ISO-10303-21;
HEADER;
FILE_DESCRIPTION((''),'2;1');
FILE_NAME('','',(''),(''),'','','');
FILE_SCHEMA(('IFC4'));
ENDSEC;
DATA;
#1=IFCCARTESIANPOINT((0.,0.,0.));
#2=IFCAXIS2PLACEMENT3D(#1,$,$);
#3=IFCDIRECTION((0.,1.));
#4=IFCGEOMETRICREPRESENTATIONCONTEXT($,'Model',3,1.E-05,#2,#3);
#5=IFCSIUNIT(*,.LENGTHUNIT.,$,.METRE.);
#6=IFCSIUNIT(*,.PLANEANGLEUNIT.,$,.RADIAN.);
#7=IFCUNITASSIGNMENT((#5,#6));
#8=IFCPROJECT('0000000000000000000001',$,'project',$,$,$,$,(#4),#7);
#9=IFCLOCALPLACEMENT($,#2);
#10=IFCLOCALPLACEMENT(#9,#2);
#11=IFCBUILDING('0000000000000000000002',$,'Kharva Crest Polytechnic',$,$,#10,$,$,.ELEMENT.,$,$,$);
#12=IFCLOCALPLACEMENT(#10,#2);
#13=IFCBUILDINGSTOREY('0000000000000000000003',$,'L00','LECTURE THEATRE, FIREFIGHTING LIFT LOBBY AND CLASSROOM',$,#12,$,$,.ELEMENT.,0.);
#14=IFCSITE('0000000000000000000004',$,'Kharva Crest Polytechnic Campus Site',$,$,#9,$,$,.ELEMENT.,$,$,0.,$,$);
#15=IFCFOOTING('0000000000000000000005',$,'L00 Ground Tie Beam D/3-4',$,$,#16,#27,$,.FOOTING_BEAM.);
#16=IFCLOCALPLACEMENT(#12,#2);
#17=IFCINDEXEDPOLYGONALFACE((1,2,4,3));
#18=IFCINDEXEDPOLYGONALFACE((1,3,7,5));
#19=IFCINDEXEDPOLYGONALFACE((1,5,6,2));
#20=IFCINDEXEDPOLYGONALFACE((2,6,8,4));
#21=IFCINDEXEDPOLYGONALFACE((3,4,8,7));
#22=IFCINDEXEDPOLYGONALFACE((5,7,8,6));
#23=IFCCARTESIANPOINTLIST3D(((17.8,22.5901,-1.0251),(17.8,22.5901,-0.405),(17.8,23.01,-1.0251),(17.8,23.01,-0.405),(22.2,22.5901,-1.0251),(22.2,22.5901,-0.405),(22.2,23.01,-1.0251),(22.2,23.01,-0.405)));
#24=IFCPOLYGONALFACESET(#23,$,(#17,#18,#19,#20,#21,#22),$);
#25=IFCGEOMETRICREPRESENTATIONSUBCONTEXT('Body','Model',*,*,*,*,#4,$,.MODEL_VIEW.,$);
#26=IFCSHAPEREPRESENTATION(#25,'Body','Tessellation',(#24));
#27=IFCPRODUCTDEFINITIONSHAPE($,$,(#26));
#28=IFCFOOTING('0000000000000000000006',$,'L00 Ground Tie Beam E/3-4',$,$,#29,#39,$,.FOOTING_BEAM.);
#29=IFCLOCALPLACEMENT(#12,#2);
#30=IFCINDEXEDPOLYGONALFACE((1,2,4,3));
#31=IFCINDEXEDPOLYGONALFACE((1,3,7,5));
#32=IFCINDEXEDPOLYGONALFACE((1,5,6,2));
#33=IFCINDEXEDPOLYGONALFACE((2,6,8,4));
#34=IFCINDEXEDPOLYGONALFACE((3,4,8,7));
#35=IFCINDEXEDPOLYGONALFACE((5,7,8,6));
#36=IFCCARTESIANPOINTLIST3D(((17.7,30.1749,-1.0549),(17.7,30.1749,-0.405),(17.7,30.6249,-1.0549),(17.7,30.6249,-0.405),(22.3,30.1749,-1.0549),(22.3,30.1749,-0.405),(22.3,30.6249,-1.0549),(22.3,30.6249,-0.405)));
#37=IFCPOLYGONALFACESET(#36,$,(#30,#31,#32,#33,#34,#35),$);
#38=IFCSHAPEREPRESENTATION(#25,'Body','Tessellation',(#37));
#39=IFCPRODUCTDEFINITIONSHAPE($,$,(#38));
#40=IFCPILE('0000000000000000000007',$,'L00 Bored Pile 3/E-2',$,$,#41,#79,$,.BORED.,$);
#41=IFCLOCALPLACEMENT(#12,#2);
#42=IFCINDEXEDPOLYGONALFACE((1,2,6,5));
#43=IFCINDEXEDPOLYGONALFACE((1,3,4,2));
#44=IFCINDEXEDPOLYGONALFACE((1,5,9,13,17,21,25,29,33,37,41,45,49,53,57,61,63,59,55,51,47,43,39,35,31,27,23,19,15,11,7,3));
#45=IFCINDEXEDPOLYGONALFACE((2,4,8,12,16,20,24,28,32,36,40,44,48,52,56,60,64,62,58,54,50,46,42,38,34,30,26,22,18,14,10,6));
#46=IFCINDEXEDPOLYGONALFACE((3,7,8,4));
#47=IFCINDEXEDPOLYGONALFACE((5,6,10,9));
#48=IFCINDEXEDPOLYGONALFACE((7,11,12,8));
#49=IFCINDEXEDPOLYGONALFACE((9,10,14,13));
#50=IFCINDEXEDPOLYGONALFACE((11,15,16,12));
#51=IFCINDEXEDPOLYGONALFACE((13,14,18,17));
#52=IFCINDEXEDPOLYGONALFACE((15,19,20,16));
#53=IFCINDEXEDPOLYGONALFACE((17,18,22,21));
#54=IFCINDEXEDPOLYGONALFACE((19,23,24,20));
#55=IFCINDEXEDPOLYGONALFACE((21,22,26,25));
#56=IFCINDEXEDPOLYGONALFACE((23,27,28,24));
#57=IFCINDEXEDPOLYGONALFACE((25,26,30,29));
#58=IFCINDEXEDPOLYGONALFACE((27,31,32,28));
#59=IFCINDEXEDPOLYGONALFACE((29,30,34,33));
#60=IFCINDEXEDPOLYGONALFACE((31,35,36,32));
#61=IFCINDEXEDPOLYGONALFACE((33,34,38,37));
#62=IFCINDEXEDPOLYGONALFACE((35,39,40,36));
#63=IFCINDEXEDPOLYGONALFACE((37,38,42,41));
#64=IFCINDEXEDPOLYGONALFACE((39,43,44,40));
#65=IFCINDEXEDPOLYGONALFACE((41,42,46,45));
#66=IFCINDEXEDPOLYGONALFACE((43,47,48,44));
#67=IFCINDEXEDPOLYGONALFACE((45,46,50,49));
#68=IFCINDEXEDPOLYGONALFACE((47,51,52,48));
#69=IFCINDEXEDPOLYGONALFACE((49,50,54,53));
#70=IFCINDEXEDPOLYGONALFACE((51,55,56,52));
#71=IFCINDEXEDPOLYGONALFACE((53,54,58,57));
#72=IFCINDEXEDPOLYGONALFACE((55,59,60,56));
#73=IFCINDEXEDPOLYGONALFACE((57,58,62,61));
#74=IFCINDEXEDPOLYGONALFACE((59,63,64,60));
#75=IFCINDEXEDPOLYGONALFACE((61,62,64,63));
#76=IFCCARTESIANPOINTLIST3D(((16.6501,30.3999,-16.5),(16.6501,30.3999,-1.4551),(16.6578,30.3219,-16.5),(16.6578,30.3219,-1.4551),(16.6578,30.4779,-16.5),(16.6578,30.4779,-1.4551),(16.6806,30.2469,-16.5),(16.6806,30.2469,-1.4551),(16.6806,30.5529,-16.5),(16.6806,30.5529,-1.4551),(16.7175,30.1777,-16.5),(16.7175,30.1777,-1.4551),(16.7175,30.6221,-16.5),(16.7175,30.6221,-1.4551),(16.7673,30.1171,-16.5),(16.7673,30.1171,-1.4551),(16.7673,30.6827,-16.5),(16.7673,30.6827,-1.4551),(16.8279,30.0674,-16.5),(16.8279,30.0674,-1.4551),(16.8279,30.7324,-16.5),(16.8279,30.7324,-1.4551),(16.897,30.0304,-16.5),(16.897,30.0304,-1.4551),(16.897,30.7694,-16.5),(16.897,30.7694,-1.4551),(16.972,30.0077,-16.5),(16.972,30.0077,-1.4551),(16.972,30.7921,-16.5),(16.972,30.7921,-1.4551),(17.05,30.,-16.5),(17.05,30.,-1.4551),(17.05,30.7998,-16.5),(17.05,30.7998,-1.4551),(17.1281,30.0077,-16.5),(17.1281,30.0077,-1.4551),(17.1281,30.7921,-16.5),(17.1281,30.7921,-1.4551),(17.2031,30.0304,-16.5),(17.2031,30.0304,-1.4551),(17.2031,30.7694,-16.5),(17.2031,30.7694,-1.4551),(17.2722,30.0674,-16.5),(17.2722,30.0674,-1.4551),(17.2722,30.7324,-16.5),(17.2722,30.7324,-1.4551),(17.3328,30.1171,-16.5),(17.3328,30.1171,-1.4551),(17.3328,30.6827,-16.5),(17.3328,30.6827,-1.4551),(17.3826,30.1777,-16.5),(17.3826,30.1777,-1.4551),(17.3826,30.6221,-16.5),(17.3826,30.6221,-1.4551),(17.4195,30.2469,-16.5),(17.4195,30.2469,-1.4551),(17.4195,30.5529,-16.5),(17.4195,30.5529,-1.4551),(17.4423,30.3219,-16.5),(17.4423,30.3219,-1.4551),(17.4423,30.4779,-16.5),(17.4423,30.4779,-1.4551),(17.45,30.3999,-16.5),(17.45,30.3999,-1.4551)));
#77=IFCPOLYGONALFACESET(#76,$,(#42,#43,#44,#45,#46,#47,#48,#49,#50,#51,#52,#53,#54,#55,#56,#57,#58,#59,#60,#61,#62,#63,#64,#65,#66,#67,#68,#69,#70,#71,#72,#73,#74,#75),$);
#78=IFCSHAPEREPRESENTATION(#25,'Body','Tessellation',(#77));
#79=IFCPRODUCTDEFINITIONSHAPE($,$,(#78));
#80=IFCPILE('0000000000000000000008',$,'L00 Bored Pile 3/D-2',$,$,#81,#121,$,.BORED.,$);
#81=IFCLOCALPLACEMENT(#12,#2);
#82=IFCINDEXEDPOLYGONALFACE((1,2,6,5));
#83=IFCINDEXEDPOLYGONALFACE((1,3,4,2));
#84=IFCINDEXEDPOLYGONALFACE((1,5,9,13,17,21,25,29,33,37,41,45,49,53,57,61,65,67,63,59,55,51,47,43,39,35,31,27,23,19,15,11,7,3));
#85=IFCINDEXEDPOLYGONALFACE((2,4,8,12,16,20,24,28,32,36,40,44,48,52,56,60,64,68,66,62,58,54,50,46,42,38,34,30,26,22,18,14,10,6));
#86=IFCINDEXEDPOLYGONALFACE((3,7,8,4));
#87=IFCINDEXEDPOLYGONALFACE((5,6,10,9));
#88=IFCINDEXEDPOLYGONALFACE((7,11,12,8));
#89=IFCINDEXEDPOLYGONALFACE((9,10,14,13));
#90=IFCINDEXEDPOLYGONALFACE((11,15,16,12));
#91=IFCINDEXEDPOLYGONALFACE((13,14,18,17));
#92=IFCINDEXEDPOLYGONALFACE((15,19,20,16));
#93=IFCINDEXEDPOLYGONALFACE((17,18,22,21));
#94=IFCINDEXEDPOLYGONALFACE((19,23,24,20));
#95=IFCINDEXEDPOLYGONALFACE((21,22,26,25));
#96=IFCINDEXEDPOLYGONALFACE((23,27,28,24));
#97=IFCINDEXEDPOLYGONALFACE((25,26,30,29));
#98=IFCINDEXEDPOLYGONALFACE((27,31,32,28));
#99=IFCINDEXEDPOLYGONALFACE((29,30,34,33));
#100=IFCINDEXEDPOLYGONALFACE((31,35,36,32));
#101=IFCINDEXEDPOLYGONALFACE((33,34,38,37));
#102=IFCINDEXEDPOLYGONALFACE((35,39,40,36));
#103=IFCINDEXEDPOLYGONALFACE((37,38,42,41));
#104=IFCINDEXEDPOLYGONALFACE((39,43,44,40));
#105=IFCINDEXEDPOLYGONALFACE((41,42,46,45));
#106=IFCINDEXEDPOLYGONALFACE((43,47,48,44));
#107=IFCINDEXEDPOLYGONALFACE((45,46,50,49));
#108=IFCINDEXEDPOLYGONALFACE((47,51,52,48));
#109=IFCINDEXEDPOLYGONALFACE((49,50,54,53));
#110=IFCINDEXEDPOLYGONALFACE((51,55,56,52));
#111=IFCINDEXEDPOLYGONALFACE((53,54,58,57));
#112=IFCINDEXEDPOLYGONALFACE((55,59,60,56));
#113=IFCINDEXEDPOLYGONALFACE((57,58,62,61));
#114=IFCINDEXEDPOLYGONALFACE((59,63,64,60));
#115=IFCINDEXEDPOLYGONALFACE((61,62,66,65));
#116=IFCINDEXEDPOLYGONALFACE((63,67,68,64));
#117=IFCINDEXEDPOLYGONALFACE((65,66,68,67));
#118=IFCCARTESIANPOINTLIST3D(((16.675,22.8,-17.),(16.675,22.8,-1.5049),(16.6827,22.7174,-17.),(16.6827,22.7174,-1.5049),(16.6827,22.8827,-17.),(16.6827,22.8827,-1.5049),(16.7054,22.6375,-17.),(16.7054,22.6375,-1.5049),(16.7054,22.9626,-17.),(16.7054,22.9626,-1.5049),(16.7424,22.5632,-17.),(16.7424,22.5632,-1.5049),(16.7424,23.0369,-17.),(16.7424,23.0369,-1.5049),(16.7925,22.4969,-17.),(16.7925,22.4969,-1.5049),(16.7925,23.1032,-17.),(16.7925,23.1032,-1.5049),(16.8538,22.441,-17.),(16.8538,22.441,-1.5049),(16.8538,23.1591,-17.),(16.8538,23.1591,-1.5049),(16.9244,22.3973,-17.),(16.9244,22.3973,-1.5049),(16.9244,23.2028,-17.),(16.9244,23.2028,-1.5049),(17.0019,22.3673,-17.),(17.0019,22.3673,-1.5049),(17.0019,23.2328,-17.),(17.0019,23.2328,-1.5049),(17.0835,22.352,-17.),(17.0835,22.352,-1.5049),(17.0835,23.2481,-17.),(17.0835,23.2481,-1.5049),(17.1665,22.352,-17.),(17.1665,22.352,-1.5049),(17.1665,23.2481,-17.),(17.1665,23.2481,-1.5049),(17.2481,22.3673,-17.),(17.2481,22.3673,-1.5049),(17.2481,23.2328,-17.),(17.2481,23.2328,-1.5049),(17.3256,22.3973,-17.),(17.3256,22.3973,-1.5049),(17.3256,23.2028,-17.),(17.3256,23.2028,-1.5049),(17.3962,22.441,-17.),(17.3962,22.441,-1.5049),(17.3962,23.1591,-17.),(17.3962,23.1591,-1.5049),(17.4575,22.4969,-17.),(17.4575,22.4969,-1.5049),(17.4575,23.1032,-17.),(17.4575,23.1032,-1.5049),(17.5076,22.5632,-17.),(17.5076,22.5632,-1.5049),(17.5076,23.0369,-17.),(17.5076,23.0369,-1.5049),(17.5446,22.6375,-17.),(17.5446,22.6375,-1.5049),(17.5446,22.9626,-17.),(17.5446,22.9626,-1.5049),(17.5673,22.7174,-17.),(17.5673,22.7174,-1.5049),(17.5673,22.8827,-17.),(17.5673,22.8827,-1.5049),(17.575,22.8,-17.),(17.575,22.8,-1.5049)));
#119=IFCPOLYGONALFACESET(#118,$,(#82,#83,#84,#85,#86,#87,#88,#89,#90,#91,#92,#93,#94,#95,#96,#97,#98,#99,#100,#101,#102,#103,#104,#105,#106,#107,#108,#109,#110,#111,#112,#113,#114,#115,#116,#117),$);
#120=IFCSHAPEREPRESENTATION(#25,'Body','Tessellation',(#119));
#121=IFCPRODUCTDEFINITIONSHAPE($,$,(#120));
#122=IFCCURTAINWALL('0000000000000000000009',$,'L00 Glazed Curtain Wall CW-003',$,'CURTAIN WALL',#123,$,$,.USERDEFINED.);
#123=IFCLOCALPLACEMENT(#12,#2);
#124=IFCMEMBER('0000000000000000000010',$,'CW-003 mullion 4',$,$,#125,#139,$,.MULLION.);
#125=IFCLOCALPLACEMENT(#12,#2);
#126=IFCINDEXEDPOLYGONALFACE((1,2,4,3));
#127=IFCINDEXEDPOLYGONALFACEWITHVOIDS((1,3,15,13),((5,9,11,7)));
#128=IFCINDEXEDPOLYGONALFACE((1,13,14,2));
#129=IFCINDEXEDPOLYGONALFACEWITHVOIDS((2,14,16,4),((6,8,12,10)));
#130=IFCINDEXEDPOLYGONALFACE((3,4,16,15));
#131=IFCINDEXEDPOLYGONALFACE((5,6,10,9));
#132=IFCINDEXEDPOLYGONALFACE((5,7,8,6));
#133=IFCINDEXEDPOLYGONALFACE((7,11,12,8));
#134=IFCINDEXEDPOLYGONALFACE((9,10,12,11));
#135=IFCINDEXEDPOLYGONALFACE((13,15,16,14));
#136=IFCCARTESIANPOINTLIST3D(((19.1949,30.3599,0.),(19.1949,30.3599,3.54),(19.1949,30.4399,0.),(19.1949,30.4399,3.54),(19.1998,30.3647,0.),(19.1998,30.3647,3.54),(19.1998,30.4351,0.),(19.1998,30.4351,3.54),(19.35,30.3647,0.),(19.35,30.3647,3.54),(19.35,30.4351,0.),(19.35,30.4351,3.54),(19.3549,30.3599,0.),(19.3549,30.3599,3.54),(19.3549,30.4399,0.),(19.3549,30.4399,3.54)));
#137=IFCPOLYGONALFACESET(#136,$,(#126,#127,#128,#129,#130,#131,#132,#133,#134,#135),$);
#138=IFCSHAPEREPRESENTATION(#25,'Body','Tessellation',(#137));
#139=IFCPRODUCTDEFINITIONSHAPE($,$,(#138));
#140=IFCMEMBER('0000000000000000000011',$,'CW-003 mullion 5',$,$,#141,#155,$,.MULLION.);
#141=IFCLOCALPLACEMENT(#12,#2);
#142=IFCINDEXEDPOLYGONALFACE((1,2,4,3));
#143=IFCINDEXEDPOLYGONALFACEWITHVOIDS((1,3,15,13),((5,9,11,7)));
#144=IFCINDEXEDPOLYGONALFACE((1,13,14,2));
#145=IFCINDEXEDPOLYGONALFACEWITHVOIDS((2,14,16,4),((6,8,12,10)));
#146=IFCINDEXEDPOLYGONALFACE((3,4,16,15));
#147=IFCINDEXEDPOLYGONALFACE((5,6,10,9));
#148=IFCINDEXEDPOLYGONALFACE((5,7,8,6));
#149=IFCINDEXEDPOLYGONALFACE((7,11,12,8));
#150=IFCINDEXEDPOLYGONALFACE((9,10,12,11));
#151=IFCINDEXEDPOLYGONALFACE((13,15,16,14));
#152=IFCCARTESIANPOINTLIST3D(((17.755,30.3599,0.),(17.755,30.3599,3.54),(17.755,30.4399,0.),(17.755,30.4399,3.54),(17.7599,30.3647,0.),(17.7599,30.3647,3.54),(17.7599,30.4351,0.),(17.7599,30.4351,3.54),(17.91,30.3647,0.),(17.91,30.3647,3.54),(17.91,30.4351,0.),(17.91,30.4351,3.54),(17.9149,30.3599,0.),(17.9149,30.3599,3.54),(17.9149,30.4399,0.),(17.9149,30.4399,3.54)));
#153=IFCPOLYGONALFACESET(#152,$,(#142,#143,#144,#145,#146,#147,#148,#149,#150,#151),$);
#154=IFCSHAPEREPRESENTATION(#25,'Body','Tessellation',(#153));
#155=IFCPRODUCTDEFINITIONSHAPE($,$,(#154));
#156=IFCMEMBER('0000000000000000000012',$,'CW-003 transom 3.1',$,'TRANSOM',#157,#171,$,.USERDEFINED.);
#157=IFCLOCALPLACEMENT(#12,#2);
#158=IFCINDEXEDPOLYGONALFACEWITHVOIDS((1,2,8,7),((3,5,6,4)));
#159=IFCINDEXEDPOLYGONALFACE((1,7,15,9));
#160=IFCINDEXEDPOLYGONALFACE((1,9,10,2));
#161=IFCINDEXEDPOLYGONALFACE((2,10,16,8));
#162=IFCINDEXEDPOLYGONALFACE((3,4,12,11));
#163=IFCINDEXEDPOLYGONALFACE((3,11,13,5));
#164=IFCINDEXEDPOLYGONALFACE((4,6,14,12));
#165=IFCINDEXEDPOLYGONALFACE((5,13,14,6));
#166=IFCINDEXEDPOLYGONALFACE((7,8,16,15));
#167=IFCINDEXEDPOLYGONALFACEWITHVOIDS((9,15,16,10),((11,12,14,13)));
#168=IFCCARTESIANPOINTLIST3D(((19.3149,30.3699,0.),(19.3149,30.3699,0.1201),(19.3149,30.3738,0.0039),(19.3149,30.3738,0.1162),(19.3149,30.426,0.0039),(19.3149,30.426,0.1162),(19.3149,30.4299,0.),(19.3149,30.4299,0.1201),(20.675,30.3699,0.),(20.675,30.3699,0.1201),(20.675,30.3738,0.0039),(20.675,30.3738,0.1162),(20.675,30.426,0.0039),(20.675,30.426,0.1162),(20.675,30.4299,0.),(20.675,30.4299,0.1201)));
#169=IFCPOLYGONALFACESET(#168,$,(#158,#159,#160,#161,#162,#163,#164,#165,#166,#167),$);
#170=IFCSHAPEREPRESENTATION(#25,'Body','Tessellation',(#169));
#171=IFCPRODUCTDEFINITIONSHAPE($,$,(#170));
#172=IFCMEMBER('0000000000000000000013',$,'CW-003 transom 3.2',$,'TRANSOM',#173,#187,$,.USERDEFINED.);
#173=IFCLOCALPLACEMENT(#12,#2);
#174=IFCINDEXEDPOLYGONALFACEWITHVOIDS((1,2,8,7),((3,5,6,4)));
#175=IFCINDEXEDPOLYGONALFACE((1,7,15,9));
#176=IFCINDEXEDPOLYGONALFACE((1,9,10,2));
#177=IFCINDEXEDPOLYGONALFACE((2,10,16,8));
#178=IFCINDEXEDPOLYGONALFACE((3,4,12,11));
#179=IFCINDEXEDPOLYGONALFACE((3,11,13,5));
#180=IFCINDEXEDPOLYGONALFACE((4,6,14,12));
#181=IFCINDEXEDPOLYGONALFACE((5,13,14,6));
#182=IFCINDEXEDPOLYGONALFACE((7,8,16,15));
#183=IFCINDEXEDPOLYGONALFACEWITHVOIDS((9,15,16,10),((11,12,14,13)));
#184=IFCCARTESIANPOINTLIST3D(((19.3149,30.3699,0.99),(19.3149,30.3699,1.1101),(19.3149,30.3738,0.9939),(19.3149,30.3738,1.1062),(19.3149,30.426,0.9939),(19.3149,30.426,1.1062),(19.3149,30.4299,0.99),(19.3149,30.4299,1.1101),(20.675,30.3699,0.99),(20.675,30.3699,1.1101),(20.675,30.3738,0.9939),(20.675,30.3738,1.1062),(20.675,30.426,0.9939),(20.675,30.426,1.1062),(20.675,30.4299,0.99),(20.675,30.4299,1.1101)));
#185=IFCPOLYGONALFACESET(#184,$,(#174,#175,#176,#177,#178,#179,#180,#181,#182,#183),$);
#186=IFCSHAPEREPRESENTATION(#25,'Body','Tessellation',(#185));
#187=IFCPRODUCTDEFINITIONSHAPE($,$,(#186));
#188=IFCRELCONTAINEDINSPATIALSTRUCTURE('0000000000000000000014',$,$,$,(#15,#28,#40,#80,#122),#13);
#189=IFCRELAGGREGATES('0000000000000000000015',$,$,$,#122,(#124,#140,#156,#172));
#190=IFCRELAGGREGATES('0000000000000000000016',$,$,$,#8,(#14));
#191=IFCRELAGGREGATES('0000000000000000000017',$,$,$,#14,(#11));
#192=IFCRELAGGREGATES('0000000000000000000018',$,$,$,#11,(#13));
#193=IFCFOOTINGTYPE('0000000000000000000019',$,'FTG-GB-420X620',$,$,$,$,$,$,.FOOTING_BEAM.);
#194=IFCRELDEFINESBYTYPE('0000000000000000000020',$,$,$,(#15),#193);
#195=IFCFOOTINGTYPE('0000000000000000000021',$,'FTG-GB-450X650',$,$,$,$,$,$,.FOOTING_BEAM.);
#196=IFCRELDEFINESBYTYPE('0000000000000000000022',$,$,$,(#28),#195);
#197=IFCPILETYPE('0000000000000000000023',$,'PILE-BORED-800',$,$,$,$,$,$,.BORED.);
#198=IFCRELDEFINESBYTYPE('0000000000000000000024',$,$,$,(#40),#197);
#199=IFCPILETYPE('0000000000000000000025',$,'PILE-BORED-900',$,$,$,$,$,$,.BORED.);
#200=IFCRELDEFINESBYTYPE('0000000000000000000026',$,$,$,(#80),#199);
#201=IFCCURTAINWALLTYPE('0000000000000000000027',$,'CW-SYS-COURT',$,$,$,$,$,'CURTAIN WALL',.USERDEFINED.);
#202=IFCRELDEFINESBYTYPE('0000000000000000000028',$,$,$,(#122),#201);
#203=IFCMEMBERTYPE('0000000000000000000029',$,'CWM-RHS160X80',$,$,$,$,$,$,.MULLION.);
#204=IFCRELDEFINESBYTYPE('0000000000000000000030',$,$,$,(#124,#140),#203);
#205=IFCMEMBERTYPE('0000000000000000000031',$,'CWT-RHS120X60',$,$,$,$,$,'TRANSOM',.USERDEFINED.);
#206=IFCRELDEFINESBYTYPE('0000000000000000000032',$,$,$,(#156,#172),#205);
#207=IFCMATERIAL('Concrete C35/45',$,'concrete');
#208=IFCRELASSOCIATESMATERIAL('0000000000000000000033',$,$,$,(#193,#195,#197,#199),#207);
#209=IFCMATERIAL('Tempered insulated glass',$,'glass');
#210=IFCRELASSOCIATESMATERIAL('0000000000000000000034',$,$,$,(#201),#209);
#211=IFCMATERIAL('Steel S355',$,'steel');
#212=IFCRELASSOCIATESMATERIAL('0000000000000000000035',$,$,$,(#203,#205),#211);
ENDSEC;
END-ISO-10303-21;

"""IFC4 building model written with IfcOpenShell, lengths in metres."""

from ifc_helpers import new_model, si_unit, direction, frame, origin, origin_2d, place, context, subcontext, project, spatial, rectangle, hollow_rectangle, circle, extrude, material, material_profile, profile_set, type_object, element, aggregate, save


model = new_model("IFC4")

# Units and contexts
model_context = context("Model", 3, precision=1e-05, world=origin(), true_north=direction((0.0, 1.0)))
body_context = subcontext(model_context, "Body", "Model", "MODEL_VIEW")
ifc_project = project(units=[si_unit("LENGTHUNIT", "METRE"), si_unit("PLANEANGLEUNIT", "RADIAN")], contexts=[model_context])

# Site, building, storey
site_placement = place(None, origin())
site = spatial("IfcSite", under=ifc_project, at=site_placement, Name="Kharva Crest Polytechnic Campus Site", CompositionType="ELEMENT", RefElevation=0.0)
building_placement = place(site_placement, origin())
building = spatial("IfcBuilding", under=site, at=building_placement, Name="Kharva Crest Polytechnic", CompositionType="ELEMENT")
storey_placement = place(building_placement, origin())
storey = spatial("IfcBuildingStorey", under=building, at=storey_placement, Name="L00", Description="LECTURE THEATRE, FIREFIGHTING LIFT LOBBY AND CLASSROOM", CompositionType="ELEMENT", Elevation=0.0)

# Footings
ifc_material_1 = material(Name="Concrete C35/45", Category="concrete")
footing_type_1 = type_object("IfcFootingType", Name="FTG-GB-420X620", PredefinedType="FOOTING_BEAM", material=ifc_material_1)
footing_1_placement = place(storey_placement, frame((20.0, 22.8, -1.0251), z_axis=(0.0, 0.0, 1.0), x_axis=(1.0, 0.0, 0.0)))
element("IfcFooting", 1, at=footing_1_placement, inside=storey, type_object=footing_type_1, Name="L00 Ground Tie Beam D/3-4", PredefinedType="FOOTING_BEAM", context=body_context, shape_type="SweptSolid", body=[
    extrude(rectangle(XDim=4.3999, YDim=0.4199, at=origin_2d()), origin(), (0.0, 0.0, 1.0), 0.6201),
])
footing_type_2 = type_object("IfcFootingType", Name="FTG-GB-450X650", PredefinedType="FOOTING_BEAM", material=ifc_material_1)
footing_2_placement = place(storey_placement, frame((20.0, 30.3999, -1.0549), z_axis=(0.0, 0.0, 1.0), x_axis=(1.0, 0.0, 0.0)))
element("IfcFooting", 2, at=footing_2_placement, inside=storey, type_object=footing_type_2, Name="L00 Ground Tie Beam E/3-4", PredefinedType="FOOTING_BEAM", context=body_context, shape_type="SweptSolid", body=[
    extrude(rectangle(XDim=4.6001, YDim=0.45, at=origin_2d()), origin(), (0.0, 0.0, 1.0), 0.6499),
])

# Piles
ifc_material_profile_1 = material_profile(ifc_material_1, circle(Radius=0.3999, at=origin_2d()), Name="DIA 800")
ifc_profile_set_1 = profile_set([ifc_material_profile_1], Name="Concrete C35/45")
pile_type_1 = type_object("IfcPileType", Name="PILE-BORED-800", PredefinedType="BORED", material=ifc_profile_set_1)
pile_1_placement = place(storey_placement, frame((17.05, 30.3999, -1.4551), z_axis=(0.0, 0.0, -1.0), x_axis=(1.0, 0.0, 0.0)))
element("IfcPile", 3, at=pile_1_placement, inside=storey, type_object=pile_type_1, Name="L00 Bored Pile 3/E-2", PredefinedType="BORED", context=body_context, shape_type="SweptSolid", body=[
    extrude(circle(Radius=0.3999, at=origin_2d()), origin(), (0.0, 0.0, 1.0), 15.0449),
])
ifc_material_profile_2 = material_profile(ifc_material_1, circle(Radius=0.45, at=origin_2d()), Name="DIA 900")
ifc_profile_set_2 = profile_set([ifc_material_profile_2], Name="Concrete C35/45")
pile_type_2 = type_object("IfcPileType", Name="PILE-BORED-900", PredefinedType="BORED", material=ifc_profile_set_2)
pile_2_placement = place(storey_placement, frame((17.125, 22.8, -1.5049), z_axis=(0.0, 0.0, -1.0), x_axis=(1.0, 0.0, 0.0)))
element("IfcPile", 4, at=pile_2_placement, inside=storey, type_object=pile_type_2, Name="L00 Bored Pile 3/D-2", PredefinedType="BORED", context=body_context, shape_type="SweptSolid", body=[
    extrude(circle(Radius=0.45, at=origin_2d()), origin(), (0.0, 0.0, 1.0), 15.4951),
])

# Curtain wall, members
ifc_material_2 = material(Name="Tempered insulated glass", Category="glass")
curtain_wall_type = type_object("IfcCurtainWallType", Name="CW-SYS-COURT", ElementType="CURTAIN WALL", PredefinedType="USERDEFINED", material=ifc_material_2)
curtain_wall_placement = place(storey_placement, origin())
curtain_wall = element("IfcCurtainWall", 5, at=curtain_wall_placement, inside=storey, type_object=curtain_wall_type, Name="L00 Glazed Curtain Wall CW-003", ObjectType="CURTAIN WALL", PredefinedType="USERDEFINED")
ifc_material_3 = material(Name="Steel S355", Category="steel")
ifc_material_profile_3 = material_profile(ifc_material_3, hollow_rectangle(XDim=0.0801, YDim=0.1599, WallThickness=0.0049, at=origin_2d()), Name="RHS 160X80X5.0")
ifc_profile_set_3 = profile_set([ifc_material_profile_3], Name="Steel S355")
member_type_1 = type_object("IfcMemberType", Name="CWM-RHS160X80", PredefinedType="MULLION", material=ifc_profile_set_3)
member_1_placement = place(storey_placement, frame((19.2749, 30.3999, 0.0), z_axis=(0.0, 0.0, 1.0), x_axis=(0.0, -1.0, 0.0)))
member_1 = element("IfcMember", 6, at=member_1_placement, type_object=member_type_1, Name="CW-003 mullion 4", PredefinedType="MULLION", context=body_context, shape_type="SweptSolid", body=[
    extrude(hollow_rectangle(XDim=0.0801, YDim=0.1599, WallThickness=0.0049, at=origin_2d()), origin(), (0.0, 0.0, 1.0), 3.54),
])
member_2_placement = place(storey_placement, frame((17.835, 30.3999, 0.0), z_axis=(0.0, 0.0, 1.0), x_axis=(0.0, -1.0, 0.0)))
member_2 = element("IfcMember", 7, at=member_2_placement, type_object=member_type_1, Name="CW-003 mullion 5", PredefinedType="MULLION", context=body_context, shape_type="SweptSolid", body=[
    extrude(hollow_rectangle(XDim=0.0801, YDim=0.1599, WallThickness=0.0049, at=origin_2d()), origin(), (0.0, 0.0, 1.0), 3.54),
])
ifc_material_profile_4 = material_profile(ifc_material_3, hollow_rectangle(XDim=0.0601, YDim=0.1201, WallThickness=0.0039, at=origin_2d()), Name="RHS 120X60X4.0")
ifc_profile_set_4 = profile_set([ifc_material_profile_4], Name="Steel S355")
member_type_2 = type_object("IfcMemberType", Name="CWT-RHS120X60", ElementType="TRANSOM", PredefinedType="USERDEFINED", material=ifc_profile_set_4)
member_3_placement = place(storey_placement, frame((20.675, 30.3999, 0.0601), z_axis=(-1.0, 0.0, 0.0), x_axis=(0.0, -1.0, 0.0)))
member_3 = element("IfcMember", 8, at=member_3_placement, type_object=member_type_2, Name="CW-003 transom 3.1", ObjectType="TRANSOM", PredefinedType="USERDEFINED", context=body_context, shape_type="SweptSolid", body=[
    extrude(hollow_rectangle(XDim=0.0601, YDim=0.1201, WallThickness=0.0039, at=origin_2d()), origin(), (0.0, 0.0, 1.0), 1.3601),
])
member_4_placement = place(storey_placement, frame((20.675, 30.3999, 1.05), z_axis=(-1.0, 0.0, 0.0), x_axis=(0.0, -1.0, 0.0)))
member_4 = element("IfcMember", 9, at=member_4_placement, type_object=member_type_2, Name="CW-003 transom 3.2", ObjectType="TRANSOM", PredefinedType="USERDEFINED", context=body_context, shape_type="SweptSolid", body=[
    extrude(hollow_rectangle(XDim=0.0601, YDim=0.1201, WallThickness=0.0039, at=origin_2d()), origin(), (0.0, 0.0, 1.0), 1.3601),
])
aggregate(curtain_wall, [member_1, member_2, member_3, member_4])

save(model, "model.ifc")
